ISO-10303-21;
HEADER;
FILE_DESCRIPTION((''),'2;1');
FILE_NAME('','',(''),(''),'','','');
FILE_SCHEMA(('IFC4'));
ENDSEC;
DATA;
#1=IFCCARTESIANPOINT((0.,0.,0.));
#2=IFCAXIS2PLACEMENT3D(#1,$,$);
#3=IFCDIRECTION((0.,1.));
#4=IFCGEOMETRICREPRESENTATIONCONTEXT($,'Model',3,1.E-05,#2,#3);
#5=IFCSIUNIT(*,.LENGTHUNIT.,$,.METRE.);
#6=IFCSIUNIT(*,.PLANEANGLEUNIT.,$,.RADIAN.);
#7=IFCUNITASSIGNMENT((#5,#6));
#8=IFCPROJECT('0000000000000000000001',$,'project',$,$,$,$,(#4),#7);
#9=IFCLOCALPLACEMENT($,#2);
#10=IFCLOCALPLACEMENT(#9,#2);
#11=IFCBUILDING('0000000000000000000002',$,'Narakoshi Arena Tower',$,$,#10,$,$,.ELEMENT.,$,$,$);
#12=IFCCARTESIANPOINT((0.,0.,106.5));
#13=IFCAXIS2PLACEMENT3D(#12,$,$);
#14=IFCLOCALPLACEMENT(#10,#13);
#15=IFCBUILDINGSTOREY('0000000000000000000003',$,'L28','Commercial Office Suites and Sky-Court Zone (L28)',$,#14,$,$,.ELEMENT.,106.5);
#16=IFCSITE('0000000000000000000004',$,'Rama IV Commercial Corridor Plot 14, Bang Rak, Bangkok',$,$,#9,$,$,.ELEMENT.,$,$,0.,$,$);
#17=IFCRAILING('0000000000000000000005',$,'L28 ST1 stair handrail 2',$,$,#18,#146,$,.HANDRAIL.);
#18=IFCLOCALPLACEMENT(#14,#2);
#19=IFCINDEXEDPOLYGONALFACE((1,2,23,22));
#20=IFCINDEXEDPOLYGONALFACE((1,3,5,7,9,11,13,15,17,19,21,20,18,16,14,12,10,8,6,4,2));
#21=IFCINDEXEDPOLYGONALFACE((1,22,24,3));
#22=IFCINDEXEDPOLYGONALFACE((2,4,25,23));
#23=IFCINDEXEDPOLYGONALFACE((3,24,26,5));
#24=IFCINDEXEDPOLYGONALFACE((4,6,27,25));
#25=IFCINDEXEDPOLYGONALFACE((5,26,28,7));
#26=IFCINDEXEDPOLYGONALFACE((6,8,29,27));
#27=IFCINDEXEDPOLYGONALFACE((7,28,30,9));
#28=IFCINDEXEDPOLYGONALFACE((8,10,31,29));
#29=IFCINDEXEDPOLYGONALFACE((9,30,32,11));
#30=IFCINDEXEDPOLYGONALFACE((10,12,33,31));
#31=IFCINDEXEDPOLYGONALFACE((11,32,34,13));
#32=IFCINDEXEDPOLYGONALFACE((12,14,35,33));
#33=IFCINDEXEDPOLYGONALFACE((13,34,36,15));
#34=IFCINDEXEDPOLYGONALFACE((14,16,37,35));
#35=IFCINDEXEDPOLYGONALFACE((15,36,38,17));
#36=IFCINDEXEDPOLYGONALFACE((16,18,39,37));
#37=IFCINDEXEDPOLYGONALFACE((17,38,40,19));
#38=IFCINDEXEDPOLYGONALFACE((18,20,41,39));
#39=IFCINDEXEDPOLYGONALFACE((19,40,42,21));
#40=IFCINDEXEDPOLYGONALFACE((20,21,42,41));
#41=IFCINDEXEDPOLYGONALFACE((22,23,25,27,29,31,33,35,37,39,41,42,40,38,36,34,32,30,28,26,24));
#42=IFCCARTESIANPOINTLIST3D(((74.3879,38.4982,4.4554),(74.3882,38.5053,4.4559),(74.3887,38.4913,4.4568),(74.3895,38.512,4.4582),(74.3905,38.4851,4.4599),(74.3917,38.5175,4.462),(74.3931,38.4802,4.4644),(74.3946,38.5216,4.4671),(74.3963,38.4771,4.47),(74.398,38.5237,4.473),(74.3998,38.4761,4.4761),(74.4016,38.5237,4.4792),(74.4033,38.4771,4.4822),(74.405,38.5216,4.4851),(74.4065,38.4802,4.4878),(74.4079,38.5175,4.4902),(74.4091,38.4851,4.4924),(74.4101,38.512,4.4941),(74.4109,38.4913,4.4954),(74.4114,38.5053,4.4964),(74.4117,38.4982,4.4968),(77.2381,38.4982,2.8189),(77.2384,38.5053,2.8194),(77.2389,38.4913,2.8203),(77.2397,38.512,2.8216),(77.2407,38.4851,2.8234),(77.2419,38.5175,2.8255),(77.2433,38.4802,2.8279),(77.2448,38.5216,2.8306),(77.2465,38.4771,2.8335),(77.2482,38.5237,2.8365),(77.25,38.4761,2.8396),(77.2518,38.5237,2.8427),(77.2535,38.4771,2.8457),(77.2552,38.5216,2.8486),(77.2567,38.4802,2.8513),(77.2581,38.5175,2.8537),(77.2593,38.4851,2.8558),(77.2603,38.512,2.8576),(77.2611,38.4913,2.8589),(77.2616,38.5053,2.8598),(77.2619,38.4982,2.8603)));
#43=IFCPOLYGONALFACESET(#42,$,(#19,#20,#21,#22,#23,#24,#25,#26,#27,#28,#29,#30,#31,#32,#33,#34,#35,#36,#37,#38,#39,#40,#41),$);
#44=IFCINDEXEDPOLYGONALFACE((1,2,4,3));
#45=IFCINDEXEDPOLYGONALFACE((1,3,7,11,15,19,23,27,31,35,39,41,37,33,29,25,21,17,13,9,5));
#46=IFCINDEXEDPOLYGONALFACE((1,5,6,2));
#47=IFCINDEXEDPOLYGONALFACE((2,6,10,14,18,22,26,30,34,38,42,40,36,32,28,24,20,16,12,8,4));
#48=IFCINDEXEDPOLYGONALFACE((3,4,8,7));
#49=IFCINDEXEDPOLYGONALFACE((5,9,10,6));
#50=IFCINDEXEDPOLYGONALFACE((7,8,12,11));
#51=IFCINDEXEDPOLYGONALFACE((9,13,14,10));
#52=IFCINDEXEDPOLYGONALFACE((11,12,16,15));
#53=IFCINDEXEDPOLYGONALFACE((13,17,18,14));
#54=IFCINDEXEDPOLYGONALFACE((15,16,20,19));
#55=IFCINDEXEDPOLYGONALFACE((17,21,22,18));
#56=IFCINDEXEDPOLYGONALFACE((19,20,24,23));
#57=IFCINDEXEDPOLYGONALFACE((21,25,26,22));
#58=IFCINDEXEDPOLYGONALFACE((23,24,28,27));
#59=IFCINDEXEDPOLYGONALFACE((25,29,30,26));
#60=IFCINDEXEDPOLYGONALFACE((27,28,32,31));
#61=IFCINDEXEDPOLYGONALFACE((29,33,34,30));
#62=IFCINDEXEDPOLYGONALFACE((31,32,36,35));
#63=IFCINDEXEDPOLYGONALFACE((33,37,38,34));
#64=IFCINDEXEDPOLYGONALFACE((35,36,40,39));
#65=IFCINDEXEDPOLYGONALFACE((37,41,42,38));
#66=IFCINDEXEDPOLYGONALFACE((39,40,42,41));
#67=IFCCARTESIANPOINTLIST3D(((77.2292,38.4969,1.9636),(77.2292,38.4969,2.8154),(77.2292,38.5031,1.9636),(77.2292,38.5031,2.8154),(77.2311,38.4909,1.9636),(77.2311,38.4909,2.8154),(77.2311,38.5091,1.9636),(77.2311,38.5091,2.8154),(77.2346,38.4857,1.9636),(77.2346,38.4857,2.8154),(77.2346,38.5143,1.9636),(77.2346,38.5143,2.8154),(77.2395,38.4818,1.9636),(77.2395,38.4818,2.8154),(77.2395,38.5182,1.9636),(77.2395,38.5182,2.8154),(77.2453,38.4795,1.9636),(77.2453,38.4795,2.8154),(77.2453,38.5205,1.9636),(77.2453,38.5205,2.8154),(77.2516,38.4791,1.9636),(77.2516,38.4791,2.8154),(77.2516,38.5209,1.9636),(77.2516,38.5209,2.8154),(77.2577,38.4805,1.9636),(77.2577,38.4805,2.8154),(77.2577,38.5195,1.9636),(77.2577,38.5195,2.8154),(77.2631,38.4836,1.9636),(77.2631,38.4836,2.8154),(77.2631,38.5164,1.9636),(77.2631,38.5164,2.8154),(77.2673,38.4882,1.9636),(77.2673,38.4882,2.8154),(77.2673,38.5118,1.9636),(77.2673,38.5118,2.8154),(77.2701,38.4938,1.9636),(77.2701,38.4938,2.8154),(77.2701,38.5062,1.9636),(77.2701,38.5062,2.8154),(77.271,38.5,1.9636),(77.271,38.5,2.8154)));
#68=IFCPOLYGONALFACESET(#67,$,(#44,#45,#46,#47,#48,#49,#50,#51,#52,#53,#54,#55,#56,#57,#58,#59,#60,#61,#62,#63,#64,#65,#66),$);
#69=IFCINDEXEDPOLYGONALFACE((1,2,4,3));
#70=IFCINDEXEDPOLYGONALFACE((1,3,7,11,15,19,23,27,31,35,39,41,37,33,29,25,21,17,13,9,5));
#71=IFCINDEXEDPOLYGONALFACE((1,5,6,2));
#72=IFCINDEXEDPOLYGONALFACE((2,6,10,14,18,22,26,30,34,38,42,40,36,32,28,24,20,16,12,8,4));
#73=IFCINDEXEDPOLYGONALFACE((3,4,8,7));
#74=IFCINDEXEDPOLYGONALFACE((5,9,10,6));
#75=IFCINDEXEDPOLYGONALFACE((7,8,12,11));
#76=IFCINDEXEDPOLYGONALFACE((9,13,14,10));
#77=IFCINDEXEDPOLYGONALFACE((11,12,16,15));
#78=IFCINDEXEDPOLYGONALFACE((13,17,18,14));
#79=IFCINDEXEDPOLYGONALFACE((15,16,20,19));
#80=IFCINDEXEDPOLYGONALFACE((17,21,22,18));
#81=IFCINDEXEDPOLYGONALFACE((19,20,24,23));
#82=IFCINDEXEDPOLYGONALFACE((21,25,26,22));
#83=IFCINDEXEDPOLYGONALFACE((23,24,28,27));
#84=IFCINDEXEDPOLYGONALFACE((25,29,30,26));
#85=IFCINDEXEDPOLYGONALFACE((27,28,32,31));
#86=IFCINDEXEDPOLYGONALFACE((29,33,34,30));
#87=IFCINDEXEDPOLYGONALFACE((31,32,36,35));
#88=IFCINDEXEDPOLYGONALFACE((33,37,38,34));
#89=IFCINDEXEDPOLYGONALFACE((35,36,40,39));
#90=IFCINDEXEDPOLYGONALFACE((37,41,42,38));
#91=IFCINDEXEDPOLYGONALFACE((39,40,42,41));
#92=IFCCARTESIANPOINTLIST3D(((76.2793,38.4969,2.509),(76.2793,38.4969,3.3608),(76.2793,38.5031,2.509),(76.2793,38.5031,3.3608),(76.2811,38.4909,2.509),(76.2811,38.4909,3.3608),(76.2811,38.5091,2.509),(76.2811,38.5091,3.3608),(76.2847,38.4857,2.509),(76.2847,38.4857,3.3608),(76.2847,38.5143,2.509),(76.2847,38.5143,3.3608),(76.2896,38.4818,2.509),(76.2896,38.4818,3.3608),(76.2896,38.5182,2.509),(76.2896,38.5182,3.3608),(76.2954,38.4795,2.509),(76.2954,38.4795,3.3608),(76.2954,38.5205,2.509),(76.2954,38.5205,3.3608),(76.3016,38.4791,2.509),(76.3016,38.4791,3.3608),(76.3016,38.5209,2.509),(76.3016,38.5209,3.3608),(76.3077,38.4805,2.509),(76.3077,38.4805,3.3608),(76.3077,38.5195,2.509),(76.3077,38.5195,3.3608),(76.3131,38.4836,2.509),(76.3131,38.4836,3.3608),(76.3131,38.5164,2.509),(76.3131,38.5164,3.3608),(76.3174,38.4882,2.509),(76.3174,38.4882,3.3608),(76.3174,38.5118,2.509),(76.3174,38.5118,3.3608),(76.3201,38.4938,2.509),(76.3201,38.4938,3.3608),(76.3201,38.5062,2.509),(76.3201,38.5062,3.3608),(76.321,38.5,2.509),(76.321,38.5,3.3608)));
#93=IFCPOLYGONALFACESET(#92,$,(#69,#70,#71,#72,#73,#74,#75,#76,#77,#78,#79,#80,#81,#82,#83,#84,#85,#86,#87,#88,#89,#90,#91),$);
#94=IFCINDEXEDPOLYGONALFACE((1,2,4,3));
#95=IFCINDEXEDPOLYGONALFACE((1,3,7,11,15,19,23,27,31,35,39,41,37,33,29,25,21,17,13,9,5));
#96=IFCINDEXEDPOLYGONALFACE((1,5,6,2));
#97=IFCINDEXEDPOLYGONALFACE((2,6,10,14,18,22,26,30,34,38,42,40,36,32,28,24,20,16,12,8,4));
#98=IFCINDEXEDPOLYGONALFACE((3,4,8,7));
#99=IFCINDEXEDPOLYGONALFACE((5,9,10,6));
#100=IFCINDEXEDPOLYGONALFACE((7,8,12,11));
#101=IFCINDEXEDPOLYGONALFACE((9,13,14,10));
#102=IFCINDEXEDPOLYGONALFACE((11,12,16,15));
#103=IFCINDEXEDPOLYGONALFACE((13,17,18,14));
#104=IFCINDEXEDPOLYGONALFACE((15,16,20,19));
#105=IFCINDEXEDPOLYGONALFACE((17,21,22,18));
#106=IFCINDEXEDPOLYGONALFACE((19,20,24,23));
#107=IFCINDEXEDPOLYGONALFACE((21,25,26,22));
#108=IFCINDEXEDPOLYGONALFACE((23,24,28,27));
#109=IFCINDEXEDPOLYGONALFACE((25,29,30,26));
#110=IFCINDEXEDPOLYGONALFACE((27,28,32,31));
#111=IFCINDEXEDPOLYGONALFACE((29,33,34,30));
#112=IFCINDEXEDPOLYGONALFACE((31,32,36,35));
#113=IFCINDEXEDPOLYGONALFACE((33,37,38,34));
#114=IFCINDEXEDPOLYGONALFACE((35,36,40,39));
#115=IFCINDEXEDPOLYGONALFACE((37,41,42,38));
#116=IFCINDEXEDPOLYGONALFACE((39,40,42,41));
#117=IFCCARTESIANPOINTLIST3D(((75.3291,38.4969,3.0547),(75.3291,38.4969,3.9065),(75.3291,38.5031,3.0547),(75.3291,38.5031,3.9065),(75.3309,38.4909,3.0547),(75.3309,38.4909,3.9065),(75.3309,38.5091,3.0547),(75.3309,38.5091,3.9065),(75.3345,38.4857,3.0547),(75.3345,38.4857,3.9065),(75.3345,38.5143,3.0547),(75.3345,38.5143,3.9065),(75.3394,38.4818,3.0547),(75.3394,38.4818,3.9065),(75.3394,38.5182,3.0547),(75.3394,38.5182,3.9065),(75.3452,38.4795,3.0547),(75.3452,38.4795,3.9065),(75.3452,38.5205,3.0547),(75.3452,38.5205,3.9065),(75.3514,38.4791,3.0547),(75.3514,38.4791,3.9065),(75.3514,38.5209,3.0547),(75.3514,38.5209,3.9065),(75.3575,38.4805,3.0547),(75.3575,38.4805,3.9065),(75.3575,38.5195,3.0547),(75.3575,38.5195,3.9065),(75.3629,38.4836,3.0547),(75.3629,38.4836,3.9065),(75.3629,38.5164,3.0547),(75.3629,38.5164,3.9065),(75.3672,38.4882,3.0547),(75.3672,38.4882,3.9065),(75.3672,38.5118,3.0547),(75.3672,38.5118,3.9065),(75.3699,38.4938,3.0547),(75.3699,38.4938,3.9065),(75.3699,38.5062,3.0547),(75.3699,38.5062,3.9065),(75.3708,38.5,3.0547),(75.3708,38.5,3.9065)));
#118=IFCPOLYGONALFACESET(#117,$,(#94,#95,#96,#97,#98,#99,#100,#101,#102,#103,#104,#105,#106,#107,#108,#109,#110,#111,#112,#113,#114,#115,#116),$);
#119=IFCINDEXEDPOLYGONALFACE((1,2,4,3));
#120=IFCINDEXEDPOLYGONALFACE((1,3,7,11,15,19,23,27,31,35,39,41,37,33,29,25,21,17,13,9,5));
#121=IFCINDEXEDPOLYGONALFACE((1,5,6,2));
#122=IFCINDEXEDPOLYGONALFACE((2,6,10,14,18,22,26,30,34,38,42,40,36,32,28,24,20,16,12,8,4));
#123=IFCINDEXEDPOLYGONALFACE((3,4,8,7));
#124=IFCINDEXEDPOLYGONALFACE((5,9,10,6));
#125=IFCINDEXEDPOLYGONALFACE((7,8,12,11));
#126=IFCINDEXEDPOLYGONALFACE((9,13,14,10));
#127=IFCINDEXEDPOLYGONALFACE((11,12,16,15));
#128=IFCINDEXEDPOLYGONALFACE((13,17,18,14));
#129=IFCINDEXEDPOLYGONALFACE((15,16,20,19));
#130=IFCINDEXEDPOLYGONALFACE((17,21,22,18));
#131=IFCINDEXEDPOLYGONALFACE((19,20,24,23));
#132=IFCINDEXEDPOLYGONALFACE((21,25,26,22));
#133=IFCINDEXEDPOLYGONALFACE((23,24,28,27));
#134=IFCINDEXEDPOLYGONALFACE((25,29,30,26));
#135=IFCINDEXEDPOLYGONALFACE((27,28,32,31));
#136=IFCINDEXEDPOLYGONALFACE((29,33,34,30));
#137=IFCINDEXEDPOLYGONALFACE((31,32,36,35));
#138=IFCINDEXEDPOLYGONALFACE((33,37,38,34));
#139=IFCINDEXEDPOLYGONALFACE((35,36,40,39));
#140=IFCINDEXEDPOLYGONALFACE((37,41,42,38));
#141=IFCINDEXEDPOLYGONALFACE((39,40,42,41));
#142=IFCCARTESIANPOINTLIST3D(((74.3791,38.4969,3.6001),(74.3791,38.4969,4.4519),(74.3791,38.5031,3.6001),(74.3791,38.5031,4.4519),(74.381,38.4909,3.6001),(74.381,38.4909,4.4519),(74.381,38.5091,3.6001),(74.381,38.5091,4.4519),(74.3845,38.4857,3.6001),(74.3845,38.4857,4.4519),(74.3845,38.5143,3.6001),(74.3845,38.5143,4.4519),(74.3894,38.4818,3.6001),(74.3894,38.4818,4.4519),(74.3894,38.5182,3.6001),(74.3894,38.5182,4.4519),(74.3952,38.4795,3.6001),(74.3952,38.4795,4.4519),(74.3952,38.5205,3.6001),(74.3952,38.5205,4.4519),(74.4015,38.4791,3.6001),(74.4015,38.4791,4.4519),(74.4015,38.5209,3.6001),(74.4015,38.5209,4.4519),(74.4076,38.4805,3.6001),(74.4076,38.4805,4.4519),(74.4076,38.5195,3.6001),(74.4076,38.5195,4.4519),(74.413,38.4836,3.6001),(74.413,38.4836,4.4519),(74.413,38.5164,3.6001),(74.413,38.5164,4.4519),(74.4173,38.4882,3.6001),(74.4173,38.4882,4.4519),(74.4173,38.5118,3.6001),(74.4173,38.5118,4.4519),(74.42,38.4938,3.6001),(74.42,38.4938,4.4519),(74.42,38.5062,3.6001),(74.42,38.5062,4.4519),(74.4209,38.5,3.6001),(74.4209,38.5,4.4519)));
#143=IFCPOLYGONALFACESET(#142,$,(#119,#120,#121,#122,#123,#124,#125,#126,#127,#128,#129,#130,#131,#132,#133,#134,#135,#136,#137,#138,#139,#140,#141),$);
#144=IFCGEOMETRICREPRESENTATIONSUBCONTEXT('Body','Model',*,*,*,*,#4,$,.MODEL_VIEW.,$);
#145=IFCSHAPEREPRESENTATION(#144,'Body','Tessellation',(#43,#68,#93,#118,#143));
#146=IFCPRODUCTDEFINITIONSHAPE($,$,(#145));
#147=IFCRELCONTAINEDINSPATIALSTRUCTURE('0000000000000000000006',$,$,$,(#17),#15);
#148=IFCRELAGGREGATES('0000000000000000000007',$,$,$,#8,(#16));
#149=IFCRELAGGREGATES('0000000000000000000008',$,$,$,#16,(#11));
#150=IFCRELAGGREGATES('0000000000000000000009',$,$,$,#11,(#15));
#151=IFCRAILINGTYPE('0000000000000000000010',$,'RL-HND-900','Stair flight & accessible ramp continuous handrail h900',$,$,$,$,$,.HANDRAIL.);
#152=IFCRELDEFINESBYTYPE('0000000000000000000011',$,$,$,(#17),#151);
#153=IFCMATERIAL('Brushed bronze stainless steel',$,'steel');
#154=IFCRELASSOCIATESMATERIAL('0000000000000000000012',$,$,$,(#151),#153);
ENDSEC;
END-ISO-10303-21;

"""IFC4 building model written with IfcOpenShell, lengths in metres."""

from ifc_helpers import new_model, si_unit, direction, frame, origin, origin_2d, place, context, subcontext, project, spatial, circle, extrude, material, type_object, element, save


model = new_model("IFC4")

# Units and contexts
model_context = context("Model", 3, precision=1e-05, world=origin(), true_north=direction((0.0, 1.0)))
body_context = subcontext(model_context, "Body", "Model", "MODEL_VIEW")
ifc_project = project(units=[si_unit("LENGTHUNIT", "METRE"), si_unit("PLANEANGLEUNIT", "RADIAN")], contexts=[model_context])

# Site, building, storey
site_placement = place(None, origin())
site = spatial("IfcSite", under=ifc_project, at=site_placement, Name="Rama IV Commercial Corridor Plot 14, Bang Rak, Bangkok", CompositionType="ELEMENT", RefElevation=0.0)
building_placement = place(site_placement, origin())
building = spatial("IfcBuilding", under=site, at=building_placement, Name="Narakoshi Arena Tower", CompositionType="ELEMENT")
storey_placement = place(building_placement, frame((0.0, 0.0, 106.5)))
storey = spatial("IfcBuildingStorey", under=building, at=storey_placement, Name="L28", Description="Commercial Office Suites and Sky-Court Zone (L28)", CompositionType="ELEMENT", Elevation=106.5)

# Railing
ifc_material_1 = material(Name="Brushed bronze stainless steel", Category="steel")
railing_type_1 = type_object("IfcRailingType", Name="RL-HND-900", Description="Stair flight & accessible ramp continuous handrail h900", PredefinedType="HANDRAIL", material=ifc_material_1)
for number, where, name in (
    (1, (77.25, 38.5, 1.9636), "L28 ST1 stair handrail 2"),
):
    element("IfcRailing", number, at=place(storey_placement, frame(where)), inside=storey, type_object=railing_type_1, Name=name, PredefinedType="HANDRAIL", context=body_context, shape_type="SweptSolid", body=[
        extrude(circle(Radius=0.0239, at=origin_2d()), frame((0.0, 0.0, 0.876), z_axis=(-0.867213, 0.0, 0.497938), x_axis=(0.0, -1.0, 0.0)), (0.0, 0.0, 1.0), 3.2866),
        extrude(circle(Radius=0.021, at=origin_2d()), origin(), (0.0, 0.0, 1.0), 0.8518),
        extrude(circle(Radius=0.021, at=origin_2d()), frame((-0.95, 0.0, 0.5454)), (0.0, 0.0, 1.0), 0.8518),
        extrude(circle(Radius=0.021, at=origin_2d()), frame((-1.9001, 0.0, 1.0911)), (0.0, 0.0, 1.0), 0.8518),
        extrude(circle(Radius=0.021, at=origin_2d()), frame((-2.8501, 0.0, 1.6365)), (0.0, 0.0, 1.0), 0.8518),
    ])

save(model, "model.ifc")
